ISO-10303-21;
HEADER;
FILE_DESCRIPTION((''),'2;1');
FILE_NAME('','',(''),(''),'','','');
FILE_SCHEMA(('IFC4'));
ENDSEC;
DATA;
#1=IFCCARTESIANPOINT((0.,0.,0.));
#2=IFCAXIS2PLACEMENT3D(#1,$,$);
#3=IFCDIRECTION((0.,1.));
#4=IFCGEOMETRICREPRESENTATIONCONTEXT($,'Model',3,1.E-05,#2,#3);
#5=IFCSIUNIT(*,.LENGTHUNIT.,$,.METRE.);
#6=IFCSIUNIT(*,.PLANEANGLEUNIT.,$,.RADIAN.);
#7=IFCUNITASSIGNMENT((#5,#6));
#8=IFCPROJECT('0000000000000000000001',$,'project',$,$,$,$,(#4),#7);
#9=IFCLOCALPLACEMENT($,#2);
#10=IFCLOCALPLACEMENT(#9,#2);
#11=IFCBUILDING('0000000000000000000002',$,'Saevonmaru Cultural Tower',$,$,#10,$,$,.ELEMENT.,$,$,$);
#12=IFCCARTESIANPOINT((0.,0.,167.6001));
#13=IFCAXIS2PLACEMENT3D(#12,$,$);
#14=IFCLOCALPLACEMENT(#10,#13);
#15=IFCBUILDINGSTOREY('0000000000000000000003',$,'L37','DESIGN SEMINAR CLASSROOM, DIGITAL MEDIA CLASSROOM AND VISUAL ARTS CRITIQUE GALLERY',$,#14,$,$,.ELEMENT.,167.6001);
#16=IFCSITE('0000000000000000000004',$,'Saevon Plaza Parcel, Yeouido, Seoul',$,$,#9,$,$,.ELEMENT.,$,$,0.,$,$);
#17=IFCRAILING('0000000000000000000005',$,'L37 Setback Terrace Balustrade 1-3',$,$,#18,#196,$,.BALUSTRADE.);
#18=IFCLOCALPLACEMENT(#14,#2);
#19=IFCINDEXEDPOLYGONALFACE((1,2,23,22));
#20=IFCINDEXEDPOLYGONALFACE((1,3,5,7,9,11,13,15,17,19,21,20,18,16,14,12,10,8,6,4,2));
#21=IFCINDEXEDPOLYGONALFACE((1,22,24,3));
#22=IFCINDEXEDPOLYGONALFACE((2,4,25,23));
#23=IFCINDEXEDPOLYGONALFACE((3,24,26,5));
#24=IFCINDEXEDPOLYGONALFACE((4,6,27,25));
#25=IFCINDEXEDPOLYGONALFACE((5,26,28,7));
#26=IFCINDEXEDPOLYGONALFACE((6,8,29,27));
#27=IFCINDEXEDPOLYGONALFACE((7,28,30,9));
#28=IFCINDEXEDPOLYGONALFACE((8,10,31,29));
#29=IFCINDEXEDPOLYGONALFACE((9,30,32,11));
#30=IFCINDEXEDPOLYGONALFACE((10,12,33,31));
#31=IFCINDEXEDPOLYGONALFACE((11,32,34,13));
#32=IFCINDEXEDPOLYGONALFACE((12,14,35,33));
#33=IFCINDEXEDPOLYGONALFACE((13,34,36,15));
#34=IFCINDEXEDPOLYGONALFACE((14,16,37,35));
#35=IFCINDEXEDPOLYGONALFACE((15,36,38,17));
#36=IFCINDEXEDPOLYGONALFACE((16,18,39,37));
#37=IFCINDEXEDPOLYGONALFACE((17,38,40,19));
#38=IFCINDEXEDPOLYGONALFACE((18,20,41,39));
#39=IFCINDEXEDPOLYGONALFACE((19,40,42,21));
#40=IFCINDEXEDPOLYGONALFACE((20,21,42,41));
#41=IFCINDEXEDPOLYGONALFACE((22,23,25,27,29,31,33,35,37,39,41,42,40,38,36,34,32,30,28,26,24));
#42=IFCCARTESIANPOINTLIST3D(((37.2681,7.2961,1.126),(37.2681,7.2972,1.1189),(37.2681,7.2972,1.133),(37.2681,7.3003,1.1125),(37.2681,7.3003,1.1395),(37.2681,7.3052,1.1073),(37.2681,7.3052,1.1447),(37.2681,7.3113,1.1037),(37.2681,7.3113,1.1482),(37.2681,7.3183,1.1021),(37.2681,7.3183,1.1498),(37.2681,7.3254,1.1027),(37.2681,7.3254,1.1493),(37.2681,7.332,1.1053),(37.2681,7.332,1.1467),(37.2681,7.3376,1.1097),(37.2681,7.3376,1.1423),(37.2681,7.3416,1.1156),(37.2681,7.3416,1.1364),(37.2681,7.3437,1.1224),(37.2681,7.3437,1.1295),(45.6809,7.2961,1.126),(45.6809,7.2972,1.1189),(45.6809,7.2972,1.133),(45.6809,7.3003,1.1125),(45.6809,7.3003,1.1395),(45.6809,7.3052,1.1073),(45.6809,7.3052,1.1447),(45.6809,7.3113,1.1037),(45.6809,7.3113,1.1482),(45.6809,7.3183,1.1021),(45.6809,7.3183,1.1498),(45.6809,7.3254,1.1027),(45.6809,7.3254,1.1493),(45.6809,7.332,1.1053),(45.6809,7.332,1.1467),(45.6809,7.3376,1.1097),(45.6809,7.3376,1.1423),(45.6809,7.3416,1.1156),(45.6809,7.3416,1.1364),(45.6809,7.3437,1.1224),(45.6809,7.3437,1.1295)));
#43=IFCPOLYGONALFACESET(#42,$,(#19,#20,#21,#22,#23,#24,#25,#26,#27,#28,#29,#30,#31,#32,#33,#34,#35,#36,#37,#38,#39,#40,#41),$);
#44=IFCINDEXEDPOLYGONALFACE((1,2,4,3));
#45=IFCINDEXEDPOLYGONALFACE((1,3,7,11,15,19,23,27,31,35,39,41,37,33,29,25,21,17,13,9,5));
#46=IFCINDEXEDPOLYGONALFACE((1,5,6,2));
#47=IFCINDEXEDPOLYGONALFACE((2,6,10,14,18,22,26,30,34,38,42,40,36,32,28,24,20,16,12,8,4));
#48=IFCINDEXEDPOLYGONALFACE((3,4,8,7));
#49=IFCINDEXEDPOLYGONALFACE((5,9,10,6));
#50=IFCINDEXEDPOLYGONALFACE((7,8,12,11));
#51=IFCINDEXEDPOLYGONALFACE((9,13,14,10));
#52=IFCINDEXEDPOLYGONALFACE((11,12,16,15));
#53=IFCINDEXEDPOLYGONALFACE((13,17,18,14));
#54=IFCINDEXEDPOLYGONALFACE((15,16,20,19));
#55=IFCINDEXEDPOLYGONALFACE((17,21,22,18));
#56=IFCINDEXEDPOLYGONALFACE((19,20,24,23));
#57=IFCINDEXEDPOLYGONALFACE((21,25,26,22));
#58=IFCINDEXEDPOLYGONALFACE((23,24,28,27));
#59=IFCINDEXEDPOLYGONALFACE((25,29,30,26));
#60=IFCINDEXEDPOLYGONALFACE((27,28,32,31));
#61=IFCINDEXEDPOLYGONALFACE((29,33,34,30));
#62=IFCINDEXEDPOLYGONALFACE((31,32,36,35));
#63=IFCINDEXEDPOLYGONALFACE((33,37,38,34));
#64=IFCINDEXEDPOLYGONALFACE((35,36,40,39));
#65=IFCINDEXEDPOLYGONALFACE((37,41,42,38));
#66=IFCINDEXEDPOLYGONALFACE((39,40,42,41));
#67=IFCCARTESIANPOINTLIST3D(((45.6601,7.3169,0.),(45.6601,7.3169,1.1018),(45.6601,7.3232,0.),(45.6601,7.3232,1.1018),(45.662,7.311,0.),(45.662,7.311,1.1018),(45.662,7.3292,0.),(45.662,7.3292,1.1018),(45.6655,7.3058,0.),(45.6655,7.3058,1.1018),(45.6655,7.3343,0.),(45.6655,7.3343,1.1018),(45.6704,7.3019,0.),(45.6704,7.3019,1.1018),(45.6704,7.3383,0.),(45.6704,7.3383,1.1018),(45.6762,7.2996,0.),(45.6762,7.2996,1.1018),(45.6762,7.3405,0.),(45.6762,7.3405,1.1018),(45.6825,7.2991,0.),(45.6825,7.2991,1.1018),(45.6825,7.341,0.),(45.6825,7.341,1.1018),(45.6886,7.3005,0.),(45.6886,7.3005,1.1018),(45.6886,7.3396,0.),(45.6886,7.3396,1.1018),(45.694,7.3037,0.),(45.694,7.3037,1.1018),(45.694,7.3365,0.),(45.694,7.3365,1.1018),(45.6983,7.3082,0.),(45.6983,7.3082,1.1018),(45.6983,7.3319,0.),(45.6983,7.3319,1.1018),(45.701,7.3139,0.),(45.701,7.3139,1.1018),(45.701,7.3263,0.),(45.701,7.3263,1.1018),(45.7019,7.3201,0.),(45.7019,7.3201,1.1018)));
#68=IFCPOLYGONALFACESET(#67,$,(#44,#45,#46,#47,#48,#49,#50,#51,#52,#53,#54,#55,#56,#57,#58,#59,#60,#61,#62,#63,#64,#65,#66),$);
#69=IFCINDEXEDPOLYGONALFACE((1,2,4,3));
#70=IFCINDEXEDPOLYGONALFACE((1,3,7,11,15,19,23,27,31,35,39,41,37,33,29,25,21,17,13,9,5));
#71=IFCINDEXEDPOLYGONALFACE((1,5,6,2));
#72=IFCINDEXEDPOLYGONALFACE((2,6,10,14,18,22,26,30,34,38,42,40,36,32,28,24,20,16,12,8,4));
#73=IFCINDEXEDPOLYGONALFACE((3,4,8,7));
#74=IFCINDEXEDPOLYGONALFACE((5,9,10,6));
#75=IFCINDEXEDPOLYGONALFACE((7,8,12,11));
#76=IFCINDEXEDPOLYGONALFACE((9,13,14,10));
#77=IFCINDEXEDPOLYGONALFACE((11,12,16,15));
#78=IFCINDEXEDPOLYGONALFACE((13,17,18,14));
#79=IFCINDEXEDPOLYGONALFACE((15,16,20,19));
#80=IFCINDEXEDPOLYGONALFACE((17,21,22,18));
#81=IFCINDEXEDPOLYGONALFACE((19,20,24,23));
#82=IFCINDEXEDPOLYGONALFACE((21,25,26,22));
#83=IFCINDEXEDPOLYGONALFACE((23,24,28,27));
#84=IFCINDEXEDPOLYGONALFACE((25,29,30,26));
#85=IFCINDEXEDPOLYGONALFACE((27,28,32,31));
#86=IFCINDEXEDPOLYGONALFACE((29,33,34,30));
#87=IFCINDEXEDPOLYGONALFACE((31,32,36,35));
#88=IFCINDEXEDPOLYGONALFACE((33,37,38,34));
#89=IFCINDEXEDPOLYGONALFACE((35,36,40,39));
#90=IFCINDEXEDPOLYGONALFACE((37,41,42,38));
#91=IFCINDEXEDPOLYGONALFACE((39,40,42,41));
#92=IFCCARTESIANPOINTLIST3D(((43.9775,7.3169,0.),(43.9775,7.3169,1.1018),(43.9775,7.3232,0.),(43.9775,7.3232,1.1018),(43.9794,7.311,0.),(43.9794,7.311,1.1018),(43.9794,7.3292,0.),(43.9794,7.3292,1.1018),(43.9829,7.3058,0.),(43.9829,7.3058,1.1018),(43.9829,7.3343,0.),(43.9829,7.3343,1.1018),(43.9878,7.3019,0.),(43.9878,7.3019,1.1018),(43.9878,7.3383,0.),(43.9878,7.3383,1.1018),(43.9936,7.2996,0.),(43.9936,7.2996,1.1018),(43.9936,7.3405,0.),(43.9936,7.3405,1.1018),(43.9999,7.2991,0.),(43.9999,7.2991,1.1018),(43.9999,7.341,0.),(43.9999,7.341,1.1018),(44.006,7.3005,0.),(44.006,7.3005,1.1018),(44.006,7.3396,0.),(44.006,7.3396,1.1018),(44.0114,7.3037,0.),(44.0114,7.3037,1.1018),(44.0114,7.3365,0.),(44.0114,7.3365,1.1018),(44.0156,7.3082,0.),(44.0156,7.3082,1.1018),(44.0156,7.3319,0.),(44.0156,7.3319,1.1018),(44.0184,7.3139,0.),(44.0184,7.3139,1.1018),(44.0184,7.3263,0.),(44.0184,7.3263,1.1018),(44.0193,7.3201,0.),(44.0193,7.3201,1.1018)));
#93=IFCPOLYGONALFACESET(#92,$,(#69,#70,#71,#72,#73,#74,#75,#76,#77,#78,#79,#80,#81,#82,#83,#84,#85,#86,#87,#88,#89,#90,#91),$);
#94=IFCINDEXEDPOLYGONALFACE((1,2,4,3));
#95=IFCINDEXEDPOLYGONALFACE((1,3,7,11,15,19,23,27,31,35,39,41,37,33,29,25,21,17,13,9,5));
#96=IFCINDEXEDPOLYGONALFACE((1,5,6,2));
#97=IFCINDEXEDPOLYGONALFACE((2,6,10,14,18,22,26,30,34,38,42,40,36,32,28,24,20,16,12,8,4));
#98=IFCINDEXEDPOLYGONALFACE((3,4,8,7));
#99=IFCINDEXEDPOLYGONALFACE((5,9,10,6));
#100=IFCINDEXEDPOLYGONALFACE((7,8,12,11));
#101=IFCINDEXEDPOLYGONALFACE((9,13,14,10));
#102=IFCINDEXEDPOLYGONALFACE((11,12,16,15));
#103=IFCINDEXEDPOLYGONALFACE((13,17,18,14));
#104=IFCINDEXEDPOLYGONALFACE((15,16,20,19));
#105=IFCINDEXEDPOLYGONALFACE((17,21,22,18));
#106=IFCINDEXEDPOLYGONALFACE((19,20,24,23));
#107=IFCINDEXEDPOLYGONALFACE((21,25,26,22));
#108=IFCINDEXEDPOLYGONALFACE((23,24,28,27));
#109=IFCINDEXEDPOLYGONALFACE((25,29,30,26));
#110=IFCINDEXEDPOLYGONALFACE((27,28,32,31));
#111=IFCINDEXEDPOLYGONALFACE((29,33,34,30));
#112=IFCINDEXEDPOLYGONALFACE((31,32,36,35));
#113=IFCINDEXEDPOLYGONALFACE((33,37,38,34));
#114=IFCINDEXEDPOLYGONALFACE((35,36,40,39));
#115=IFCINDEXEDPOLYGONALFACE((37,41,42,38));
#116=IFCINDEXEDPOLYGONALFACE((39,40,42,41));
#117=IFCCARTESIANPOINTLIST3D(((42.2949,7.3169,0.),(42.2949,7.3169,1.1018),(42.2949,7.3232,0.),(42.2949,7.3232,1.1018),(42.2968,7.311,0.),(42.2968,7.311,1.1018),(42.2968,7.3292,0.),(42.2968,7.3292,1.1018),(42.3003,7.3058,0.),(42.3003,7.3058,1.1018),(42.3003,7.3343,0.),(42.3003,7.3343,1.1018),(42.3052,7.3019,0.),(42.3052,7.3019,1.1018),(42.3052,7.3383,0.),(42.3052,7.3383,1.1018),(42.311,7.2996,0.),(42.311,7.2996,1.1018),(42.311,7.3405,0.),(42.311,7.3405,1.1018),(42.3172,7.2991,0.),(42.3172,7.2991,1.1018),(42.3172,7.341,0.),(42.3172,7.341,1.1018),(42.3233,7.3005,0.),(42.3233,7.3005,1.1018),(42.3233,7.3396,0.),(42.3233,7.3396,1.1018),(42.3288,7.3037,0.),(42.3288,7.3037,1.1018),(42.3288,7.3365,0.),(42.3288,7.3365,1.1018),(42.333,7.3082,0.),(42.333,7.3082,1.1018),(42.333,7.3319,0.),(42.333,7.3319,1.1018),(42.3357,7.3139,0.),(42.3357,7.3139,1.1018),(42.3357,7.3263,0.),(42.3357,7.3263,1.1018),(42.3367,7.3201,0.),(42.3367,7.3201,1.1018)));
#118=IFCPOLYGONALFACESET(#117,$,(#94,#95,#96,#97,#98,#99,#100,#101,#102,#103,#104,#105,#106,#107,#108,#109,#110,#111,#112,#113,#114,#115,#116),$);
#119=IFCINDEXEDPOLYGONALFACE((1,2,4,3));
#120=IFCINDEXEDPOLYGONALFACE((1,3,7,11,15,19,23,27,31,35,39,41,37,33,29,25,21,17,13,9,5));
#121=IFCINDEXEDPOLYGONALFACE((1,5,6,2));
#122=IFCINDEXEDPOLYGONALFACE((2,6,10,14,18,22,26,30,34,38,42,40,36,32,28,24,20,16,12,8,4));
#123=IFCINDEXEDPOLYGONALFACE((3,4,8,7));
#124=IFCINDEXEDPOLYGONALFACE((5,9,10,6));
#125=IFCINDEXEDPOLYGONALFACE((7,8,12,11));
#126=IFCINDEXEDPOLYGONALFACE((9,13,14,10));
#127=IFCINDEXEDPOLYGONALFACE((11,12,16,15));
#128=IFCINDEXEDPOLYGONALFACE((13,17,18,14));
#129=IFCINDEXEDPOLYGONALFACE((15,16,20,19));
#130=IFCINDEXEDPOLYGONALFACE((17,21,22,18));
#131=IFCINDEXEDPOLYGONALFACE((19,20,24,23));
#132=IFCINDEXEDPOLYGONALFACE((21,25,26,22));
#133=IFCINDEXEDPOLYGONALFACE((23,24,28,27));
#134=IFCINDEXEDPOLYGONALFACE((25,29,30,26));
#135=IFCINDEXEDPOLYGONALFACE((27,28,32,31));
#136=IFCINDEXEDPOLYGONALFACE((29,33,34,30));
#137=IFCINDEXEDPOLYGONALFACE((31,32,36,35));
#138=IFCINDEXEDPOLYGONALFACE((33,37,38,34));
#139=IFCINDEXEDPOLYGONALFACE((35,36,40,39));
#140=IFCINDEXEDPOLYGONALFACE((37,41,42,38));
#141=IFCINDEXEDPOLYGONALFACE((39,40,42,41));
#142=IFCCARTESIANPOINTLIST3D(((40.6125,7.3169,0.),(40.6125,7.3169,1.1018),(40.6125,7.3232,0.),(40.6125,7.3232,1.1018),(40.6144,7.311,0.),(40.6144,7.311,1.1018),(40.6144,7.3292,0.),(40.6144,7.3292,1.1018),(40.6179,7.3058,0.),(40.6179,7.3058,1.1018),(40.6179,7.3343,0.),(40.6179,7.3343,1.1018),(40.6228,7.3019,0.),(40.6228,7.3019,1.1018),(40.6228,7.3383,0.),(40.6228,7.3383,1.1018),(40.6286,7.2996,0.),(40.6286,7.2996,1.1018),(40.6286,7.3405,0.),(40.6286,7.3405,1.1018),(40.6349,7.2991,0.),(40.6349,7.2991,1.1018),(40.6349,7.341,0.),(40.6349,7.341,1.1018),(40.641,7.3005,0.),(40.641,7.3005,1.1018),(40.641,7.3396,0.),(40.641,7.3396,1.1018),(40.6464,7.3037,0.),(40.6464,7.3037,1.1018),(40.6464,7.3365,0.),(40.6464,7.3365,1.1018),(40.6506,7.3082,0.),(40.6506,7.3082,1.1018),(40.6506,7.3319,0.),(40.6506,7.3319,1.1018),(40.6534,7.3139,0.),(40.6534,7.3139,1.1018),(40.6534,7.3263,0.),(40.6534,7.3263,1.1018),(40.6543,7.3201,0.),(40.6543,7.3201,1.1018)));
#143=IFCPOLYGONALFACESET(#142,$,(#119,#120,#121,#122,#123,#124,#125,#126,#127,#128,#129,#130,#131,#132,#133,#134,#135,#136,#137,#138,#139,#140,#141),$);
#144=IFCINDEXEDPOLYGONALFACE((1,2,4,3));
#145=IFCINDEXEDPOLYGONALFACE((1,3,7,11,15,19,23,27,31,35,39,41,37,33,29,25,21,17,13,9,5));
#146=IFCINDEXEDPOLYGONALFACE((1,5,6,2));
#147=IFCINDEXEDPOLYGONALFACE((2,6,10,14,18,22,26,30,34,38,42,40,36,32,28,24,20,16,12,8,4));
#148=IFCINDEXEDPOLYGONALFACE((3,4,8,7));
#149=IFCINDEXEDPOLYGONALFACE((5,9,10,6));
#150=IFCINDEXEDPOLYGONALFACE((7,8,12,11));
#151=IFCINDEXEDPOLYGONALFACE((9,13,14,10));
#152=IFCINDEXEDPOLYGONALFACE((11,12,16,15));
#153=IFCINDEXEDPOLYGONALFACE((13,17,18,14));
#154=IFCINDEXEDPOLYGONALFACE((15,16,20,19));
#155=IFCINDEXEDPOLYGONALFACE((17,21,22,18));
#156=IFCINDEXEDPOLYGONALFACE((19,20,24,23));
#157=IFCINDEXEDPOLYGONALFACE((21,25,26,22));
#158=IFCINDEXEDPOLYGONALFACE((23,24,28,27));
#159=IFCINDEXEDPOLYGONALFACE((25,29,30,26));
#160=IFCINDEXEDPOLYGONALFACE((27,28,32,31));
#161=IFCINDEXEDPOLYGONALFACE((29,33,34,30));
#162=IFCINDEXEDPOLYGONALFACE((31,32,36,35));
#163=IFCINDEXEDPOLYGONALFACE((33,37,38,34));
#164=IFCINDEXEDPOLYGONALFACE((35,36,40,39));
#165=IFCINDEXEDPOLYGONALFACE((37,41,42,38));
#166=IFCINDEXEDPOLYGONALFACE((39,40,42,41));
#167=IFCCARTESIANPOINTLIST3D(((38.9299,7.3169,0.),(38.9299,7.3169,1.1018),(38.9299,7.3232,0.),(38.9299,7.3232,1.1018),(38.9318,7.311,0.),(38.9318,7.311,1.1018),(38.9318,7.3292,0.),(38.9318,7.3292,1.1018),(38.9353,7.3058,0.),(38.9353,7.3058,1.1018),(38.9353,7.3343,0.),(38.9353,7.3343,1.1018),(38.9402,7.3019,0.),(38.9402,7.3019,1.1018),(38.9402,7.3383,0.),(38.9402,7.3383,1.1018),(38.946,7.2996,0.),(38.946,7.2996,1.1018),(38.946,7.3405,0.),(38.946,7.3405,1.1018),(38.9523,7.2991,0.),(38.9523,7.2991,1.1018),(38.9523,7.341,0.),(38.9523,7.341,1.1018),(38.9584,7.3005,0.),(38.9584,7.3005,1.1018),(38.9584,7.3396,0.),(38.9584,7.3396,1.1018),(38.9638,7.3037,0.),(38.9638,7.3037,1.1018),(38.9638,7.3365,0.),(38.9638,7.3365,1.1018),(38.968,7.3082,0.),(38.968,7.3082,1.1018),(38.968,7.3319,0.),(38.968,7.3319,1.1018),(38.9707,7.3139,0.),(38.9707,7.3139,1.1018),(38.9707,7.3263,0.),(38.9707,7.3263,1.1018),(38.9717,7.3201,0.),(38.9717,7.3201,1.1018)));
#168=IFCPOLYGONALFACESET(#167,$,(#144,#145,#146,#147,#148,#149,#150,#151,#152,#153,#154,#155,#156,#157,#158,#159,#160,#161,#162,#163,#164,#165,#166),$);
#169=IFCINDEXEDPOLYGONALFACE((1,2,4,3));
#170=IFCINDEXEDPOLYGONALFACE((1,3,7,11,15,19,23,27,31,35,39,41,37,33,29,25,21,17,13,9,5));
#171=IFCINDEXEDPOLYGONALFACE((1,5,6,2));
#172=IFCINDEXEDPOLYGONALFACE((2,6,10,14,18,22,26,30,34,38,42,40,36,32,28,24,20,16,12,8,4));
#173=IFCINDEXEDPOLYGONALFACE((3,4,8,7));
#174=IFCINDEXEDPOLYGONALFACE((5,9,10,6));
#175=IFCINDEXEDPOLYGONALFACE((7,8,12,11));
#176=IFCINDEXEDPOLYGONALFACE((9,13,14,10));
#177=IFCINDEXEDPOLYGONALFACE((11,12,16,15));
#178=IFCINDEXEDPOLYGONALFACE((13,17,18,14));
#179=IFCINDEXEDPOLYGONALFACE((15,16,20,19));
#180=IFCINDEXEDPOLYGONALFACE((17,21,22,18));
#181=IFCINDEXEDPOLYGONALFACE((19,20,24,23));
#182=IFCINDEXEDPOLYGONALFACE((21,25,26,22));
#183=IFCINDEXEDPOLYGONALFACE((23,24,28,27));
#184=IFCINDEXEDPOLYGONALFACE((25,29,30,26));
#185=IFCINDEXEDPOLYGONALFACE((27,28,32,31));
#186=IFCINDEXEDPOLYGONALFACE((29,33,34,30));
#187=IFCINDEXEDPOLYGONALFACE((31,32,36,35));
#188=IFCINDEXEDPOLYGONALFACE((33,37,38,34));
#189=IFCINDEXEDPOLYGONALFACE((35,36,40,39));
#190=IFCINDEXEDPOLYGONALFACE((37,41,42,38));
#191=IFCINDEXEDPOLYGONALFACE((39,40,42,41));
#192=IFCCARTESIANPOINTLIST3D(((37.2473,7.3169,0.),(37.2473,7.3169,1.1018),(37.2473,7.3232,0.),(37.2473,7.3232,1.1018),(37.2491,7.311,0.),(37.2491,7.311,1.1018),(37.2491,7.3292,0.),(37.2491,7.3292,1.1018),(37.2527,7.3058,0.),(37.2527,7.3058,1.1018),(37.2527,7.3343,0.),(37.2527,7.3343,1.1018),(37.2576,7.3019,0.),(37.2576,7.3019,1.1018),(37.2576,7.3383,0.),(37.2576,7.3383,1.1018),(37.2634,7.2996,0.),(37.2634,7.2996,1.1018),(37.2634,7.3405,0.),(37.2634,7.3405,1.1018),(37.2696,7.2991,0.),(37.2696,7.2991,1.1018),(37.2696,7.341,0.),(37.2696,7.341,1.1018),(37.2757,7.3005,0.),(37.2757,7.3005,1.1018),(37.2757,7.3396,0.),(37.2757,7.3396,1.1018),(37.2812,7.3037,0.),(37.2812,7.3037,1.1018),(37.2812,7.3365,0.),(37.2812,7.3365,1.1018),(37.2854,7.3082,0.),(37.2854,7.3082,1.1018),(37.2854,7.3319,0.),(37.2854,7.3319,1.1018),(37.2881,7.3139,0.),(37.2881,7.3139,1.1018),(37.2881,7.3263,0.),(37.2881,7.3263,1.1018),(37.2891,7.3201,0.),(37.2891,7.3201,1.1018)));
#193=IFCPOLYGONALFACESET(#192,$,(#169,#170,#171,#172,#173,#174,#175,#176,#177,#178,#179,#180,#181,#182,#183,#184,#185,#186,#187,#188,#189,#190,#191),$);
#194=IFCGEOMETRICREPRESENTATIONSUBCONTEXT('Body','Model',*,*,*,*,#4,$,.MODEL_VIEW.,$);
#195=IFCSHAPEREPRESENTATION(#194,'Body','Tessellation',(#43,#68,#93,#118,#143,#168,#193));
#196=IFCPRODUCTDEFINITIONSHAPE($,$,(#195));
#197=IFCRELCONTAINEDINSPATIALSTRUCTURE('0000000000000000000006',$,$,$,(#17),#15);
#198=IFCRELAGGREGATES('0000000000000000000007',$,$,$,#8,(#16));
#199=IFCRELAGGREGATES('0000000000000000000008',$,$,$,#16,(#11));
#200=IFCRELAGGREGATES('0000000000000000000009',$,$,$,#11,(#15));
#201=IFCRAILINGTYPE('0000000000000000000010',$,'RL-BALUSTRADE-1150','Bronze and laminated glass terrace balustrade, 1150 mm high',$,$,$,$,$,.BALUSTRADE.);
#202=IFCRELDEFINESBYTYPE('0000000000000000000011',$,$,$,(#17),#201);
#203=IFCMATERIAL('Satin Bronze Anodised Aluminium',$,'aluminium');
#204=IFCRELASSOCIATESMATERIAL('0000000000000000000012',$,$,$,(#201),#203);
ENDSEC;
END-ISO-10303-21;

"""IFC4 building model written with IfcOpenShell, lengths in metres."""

from ifc_helpers import new_model, si_unit, direction, frame, origin, origin_2d, place, context, subcontext, project, spatial, circle, extrude, material, type_object, element, save


model = new_model("IFC4")

# Units and contexts
model_context = context("Model", 3, precision=1e-05, world=origin(), true_north=direction((0.0, 1.0)))
body_context = subcontext(model_context, "Body", "Model", "MODEL_VIEW")
ifc_project = project(units=[si_unit("LENGTHUNIT", "METRE"), si_unit("PLANEANGLEUNIT", "RADIAN")], contexts=[model_context])

# Site, building, storey
site_placement = place(None, origin())
site = spatial("IfcSite", under=ifc_project, at=site_placement, Name="Saevon Plaza Parcel, Yeouido, Seoul", CompositionType="ELEMENT", RefElevation=0.0)
building_placement = place(site_placement, origin())
building = spatial("IfcBuilding", under=site, at=building_placement, Name="Saevonmaru Cultural Tower", CompositionType="ELEMENT")
storey_placement = place(building_placement, frame((0.0, 0.0, 167.6001)))
storey = spatial("IfcBuildingStorey", under=building, at=storey_placement, Name="L37", Description="DESIGN SEMINAR CLASSROOM, DIGITAL MEDIA CLASSROOM AND VISUAL ARTS CRITIQUE GALLERY", CompositionType="ELEMENT", Elevation=167.6001)

# Shared definitions
ifc_material_1 = material(Name="Satin Bronze Anodised Aluminium", Category="aluminium")

# Railing
railing_type = type_object("IfcRailingType", Name="RL-BALUSTRADE-1150", Description="Bronze and laminated glass terrace balustrade, 1150 mm high", PredefinedType="BALUSTRADE", material=ifc_material_1)
railing_1_placement = place(storey_placement, frame((45.6809, 7.3201, 0.0)))
element("IfcRailing", 1, at=railing_1_placement, inside=storey, type_object=railing_type, Name="L37 Setback Terrace Balustrade 1-3", PredefinedType="BALUSTRADE", context=body_context, shape_type="SweptSolid", body=[
    extrude(circle(Radius=0.0239, at=origin_2d()), frame((0.0, 0.0, 1.126), z_axis=(-1.0, 0.0, 0.0), x_axis=(0.0, -1.0, 0.0)), (0.0, 0.0, 1.0), 8.4128),
    extrude(circle(Radius=0.021, at=origin_2d()), origin(), (0.0, 0.0, 1.0), 1.1018),
    extrude(circle(Radius=0.021, at=origin_2d()), frame((-1.6826, 0.0, 0.0)), (0.0, 0.0, 1.0), 1.1018),
    extrude(circle(Radius=0.021, at=origin_2d()), frame((-3.3652, 0.0, 0.0)), (0.0, 0.0, 1.0), 1.1018),
    extrude(circle(Radius=0.021, at=origin_2d()), frame((-5.0476, 0.0, 0.0)), (0.0, 0.0, 1.0), 1.1018),
    extrude(circle(Radius=0.021, at=origin_2d()), frame((-6.7302, 0.0, 0.0)), (0.0, 0.0, 1.0), 1.1018),
    extrude(circle(Radius=0.021, at=origin_2d()), frame((-8.4128, 0.0, 0.0)), (0.0, 0.0, 1.0), 1.1018),
])

save(model, "model.ifc")
